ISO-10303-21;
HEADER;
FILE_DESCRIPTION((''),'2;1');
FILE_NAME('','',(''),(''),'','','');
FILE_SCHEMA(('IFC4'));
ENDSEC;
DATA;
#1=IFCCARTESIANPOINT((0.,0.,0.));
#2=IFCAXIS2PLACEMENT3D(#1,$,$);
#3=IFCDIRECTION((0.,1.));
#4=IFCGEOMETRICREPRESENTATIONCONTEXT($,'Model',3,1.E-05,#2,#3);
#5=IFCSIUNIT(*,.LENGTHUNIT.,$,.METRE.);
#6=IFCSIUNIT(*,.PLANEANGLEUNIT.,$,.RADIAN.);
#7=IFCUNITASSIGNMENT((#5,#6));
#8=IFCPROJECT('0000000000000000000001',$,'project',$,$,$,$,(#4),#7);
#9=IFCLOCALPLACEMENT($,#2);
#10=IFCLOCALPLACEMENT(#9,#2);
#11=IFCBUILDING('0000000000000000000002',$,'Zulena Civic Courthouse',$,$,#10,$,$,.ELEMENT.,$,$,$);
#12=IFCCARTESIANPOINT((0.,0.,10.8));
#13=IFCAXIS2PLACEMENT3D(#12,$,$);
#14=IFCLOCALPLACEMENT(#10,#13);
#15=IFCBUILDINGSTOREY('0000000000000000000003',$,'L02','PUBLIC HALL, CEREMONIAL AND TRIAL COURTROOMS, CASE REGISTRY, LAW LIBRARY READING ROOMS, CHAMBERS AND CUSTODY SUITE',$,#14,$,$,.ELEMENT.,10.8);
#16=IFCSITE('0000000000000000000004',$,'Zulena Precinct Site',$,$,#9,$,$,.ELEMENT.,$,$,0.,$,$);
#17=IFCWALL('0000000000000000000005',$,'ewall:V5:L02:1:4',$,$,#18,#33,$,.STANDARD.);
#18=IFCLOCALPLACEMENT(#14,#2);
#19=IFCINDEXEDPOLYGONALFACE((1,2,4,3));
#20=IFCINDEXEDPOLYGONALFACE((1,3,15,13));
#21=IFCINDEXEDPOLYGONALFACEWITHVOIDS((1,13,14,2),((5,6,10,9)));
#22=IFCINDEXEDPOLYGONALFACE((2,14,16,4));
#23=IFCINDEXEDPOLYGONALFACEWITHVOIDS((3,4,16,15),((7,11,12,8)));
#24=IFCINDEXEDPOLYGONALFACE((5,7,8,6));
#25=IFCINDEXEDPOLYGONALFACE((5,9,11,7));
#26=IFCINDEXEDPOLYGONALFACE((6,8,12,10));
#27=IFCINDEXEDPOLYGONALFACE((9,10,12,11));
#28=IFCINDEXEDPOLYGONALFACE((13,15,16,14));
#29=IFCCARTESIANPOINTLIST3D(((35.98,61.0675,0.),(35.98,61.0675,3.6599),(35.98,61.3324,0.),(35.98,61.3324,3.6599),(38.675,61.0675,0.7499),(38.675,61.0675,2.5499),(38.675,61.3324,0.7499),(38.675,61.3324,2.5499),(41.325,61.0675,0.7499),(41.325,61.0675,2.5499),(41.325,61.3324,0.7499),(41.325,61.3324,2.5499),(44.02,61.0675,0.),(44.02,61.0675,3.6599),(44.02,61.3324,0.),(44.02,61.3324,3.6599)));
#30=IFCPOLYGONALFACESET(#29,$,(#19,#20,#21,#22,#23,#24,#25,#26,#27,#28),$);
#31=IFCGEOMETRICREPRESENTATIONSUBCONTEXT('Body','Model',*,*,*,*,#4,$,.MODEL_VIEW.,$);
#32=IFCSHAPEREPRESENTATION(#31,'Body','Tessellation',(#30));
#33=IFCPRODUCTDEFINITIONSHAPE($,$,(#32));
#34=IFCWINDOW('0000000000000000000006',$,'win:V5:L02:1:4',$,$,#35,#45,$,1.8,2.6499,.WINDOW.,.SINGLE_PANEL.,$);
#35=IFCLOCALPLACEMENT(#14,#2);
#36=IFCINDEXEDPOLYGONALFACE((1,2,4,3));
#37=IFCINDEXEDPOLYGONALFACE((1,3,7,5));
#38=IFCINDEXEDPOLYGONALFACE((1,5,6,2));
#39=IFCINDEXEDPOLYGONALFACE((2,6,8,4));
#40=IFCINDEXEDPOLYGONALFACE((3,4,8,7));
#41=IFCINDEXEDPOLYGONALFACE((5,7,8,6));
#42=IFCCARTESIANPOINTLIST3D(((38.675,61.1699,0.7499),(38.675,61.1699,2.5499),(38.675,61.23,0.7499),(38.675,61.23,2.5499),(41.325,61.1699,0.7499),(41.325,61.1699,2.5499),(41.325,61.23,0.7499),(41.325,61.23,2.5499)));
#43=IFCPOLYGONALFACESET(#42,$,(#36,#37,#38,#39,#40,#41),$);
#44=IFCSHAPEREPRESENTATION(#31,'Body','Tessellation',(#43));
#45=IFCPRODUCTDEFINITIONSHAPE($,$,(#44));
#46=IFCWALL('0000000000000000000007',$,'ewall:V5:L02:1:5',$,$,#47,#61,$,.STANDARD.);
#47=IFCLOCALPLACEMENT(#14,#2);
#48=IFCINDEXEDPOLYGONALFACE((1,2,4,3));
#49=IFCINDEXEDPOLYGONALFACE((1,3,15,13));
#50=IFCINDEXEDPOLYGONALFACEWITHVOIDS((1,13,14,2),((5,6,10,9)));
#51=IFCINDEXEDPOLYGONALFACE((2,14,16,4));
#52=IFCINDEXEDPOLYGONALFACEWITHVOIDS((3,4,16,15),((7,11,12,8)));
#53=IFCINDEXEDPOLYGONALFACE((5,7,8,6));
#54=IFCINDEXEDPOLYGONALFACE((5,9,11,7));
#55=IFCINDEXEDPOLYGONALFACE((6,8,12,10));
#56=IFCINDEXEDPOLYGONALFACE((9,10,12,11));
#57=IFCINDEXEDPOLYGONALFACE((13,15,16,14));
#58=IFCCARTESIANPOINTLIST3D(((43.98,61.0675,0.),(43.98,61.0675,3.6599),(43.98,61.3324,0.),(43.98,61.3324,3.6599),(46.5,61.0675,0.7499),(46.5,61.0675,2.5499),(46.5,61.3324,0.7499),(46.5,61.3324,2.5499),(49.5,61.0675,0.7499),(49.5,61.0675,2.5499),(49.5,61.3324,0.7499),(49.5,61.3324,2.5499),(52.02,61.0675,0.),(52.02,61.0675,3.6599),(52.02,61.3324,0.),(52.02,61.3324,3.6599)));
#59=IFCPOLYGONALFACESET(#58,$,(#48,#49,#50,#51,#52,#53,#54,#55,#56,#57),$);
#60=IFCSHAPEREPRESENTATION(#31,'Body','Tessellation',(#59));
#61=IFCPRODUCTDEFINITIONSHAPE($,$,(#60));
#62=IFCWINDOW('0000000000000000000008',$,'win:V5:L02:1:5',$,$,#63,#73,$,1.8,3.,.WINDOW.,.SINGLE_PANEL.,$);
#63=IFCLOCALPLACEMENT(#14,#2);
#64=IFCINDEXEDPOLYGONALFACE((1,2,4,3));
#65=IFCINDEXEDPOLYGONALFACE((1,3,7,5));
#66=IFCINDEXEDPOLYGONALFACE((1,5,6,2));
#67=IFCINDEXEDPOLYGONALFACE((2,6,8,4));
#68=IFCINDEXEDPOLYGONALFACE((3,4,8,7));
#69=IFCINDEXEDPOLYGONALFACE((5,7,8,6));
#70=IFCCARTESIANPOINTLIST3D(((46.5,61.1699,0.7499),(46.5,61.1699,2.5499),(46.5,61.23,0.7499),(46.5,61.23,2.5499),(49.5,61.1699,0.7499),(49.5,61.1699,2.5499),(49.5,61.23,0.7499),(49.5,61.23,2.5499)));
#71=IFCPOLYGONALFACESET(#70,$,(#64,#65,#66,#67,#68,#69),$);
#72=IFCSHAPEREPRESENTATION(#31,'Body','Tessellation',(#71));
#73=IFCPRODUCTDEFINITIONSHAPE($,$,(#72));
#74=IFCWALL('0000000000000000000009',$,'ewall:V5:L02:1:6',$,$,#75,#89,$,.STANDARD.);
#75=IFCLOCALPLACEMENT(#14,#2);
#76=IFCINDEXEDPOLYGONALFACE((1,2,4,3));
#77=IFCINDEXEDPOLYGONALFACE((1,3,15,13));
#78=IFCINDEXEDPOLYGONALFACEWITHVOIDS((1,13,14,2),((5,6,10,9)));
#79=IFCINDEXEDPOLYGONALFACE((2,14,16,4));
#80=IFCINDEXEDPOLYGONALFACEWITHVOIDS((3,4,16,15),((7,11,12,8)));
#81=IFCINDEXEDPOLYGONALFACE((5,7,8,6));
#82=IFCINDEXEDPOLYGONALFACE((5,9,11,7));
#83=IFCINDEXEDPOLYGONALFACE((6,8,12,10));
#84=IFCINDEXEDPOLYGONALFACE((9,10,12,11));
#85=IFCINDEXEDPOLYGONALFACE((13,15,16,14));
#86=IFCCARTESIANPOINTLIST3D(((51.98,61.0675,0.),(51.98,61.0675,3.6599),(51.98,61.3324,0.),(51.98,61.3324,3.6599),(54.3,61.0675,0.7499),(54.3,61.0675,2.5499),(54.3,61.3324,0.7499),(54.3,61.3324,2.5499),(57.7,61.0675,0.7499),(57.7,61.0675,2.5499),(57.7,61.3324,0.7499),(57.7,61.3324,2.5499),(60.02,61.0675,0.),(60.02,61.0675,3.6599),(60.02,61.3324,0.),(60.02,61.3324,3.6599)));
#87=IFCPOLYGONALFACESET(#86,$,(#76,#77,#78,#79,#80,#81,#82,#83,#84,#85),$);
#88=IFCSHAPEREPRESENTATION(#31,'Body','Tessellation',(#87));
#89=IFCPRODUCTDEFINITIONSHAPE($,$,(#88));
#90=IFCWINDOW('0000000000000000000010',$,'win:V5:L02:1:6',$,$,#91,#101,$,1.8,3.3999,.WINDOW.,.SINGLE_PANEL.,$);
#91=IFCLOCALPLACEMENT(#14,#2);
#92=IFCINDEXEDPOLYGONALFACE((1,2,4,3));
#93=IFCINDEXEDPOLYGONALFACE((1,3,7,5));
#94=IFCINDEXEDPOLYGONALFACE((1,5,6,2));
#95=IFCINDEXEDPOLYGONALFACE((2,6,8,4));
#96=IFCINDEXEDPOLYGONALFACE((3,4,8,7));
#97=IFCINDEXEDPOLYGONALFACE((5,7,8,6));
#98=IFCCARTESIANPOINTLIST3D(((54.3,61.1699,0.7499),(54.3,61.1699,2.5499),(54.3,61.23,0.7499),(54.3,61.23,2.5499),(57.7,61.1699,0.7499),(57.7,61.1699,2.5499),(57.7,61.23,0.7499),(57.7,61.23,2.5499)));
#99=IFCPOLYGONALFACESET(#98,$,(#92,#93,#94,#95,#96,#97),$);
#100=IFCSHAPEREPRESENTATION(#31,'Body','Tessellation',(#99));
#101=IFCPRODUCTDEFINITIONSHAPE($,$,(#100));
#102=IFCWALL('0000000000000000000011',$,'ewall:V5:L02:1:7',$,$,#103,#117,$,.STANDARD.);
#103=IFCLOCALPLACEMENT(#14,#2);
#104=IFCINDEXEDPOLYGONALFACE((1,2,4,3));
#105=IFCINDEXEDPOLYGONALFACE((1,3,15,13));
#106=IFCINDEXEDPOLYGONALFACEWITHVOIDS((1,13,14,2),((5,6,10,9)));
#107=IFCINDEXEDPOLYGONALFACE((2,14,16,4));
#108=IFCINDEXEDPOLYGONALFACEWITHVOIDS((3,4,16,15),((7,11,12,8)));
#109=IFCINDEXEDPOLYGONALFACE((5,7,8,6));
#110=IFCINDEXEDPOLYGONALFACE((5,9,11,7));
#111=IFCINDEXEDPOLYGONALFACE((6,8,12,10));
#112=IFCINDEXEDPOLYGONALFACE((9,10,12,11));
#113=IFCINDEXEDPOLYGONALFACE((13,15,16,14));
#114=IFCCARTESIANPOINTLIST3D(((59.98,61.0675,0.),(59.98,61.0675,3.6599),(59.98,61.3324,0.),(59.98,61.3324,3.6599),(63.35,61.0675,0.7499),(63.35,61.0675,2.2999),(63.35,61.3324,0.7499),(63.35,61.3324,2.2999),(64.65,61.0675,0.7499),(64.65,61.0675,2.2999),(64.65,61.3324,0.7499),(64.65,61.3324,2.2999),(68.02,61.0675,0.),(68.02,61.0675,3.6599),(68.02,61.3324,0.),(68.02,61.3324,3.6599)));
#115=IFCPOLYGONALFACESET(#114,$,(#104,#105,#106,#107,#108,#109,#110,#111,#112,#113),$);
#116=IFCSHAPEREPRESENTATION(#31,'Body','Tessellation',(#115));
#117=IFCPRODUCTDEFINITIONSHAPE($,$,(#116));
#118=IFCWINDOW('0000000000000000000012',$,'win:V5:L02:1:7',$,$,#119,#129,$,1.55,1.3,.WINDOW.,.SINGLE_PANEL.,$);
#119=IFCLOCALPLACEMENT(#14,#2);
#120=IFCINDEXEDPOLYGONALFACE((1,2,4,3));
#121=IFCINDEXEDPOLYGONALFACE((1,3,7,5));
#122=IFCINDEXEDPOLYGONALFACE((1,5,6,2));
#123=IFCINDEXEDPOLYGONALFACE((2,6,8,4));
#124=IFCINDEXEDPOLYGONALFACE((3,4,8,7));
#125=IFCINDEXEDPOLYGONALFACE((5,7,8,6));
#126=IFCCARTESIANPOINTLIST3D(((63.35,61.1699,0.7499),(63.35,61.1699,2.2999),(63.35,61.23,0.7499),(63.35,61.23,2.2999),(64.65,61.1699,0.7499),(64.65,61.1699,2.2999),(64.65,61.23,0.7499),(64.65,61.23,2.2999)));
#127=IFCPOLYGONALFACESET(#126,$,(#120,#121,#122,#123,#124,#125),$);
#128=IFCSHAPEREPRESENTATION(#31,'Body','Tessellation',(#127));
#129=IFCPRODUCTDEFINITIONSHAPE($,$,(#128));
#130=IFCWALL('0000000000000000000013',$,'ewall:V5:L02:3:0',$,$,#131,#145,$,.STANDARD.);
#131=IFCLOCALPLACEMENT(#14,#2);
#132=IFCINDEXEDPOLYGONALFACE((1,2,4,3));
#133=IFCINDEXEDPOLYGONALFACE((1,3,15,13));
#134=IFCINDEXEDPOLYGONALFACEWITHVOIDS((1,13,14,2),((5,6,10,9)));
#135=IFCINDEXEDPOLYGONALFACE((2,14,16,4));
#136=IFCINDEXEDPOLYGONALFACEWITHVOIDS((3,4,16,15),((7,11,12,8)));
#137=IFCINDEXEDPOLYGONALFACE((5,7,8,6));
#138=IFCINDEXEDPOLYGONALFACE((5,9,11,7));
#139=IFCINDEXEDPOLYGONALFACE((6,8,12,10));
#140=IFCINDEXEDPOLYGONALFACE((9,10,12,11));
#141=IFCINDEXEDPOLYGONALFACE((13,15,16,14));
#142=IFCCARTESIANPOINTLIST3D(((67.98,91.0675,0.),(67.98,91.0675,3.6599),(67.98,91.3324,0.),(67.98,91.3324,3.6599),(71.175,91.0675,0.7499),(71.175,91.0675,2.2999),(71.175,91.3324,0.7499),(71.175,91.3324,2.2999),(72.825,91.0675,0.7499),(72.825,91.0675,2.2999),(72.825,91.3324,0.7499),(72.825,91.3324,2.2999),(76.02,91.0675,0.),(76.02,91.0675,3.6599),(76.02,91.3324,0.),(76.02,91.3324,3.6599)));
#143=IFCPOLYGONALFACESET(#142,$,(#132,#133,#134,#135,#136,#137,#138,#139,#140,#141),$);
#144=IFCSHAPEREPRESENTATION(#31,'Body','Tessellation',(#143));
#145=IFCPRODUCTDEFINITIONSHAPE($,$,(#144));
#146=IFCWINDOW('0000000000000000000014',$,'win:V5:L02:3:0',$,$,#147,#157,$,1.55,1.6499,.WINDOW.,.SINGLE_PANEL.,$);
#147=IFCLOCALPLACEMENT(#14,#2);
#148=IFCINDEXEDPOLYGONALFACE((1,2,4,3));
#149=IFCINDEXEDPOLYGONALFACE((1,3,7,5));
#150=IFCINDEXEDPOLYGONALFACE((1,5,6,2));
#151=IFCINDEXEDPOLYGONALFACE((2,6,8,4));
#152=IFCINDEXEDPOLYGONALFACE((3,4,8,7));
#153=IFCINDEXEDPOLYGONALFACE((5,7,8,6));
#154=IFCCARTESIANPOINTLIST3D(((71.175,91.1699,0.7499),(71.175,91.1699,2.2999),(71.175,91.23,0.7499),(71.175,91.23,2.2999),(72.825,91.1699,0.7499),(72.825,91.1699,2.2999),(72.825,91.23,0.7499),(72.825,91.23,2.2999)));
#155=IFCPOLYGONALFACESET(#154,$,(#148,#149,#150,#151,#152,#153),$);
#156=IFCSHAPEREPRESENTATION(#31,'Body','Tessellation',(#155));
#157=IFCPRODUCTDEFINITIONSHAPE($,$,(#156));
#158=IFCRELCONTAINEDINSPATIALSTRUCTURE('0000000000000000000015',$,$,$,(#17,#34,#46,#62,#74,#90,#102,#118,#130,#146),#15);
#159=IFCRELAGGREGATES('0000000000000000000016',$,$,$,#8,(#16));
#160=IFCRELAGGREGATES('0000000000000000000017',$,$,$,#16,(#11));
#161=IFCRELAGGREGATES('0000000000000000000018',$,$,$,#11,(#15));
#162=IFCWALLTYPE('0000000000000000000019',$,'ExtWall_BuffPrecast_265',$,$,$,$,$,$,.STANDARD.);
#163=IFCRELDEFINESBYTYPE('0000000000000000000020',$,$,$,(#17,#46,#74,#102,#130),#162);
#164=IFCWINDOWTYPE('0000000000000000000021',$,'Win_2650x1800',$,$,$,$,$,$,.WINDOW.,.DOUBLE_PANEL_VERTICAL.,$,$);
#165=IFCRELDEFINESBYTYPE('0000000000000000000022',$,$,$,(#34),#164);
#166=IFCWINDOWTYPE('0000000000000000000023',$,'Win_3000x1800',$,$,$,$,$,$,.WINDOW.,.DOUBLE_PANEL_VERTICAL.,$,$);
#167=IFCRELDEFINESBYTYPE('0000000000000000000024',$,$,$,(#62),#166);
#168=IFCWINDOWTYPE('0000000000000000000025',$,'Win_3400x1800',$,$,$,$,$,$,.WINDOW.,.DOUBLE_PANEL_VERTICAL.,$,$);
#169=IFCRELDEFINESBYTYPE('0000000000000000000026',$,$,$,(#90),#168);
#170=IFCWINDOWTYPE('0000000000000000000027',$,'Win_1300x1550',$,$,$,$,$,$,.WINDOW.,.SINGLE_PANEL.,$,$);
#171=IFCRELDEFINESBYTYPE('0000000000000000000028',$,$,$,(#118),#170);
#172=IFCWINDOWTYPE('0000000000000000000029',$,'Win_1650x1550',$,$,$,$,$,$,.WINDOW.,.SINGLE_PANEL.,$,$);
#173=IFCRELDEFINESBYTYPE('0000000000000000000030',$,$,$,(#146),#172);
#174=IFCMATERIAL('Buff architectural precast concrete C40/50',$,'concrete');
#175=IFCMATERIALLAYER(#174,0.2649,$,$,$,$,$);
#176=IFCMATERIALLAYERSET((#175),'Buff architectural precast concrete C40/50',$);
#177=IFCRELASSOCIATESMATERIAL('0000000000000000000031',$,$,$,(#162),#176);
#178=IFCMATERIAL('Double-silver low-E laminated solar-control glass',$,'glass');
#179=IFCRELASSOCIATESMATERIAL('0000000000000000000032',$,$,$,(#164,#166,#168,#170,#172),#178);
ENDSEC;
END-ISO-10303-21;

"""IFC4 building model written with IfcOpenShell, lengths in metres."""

from ifc_helpers import new_model, si_unit, direction, frame, frame_2d, origin, place, context, subcontext, project, spatial, rectangle, extrude, material, layer, layer_set, type_object, element, fill, save


model = new_model("IFC4")

# Units and contexts
model_context = context("Model", 3, precision=1e-05, world=origin(), true_north=direction((0.0, 1.0)))
body_context = subcontext(model_context, "Body", "Model", "MODEL_VIEW")
ifc_project = project(units=[si_unit("LENGTHUNIT", "METRE"), si_unit("PLANEANGLEUNIT", "RADIAN")], contexts=[model_context])

# Site, building, storey
site_placement = place(None, origin())
site = spatial("IfcSite", under=ifc_project, at=site_placement, Name="Zulena Precinct Site", CompositionType="ELEMENT", RefElevation=0.0)
building_placement = place(site_placement, origin())
building = spatial("IfcBuilding", under=site, at=building_placement, Name="Zulena Civic Courthouse", CompositionType="ELEMENT")
storey_placement = place(building_placement, frame((0.0, 0.0, 10.8)))
storey = spatial("IfcBuildingStorey", under=building, at=storey_placement, Name="L02", Description="PUBLIC HALL, CEREMONIAL AND TRIAL COURTROOMS, CASE REGISTRY, LAW LIBRARY READING ROOMS, CHAMBERS AND CUSTODY SUITE", CompositionType="ELEMENT", Elevation=10.8)

# Walls, openings, windows
ifc_material_1 = material(Name="Buff architectural precast concrete C40/50", Category="concrete")
ifc_layer_1 = layer(ifc_material_1, 0.2649)
ifc_layer_set_1 = layer_set([ifc_layer_1], Name="Buff architectural precast concrete C40/50")
wall_type = type_object("IfcWallType", Name="ExtWall_BuffPrecast_265", PredefinedType="STANDARD", material=ifc_layer_set_1)
wall_1_placement = place(storey_placement, frame((35.98, 61.2, 0.0), z_axis=(0.0, 0.0, 1.0), x_axis=(1.0, 0.0, 0.0)))
wall_1 = element("IfcWall", 1, at=wall_1_placement, inside=storey, type_object=wall_type, Name="ewall:V5:L02:1:4", PredefinedType="STANDARD", context=body_context, shape_type="SweptSolid", body=[
    extrude(rectangle(XDim=8.04, YDim=0.2649, at=frame_2d((4.02, 0.0))), origin(), (0.0, 0.0, 1.0), 3.6599),
])
opening_1_placement = place(wall_1_placement, frame((2.6951, 0.0, 0.75)))
opening_1 = element("IfcOpeningElement", 2, at=opening_1_placement, cuts=wall_1, PredefinedType="OPENING", context=body_context, shape_type="SweptSolid", body=[
    extrude(rectangle(XDim=2.6499, YDim=1.8, at=frame_2d((1.325, 0.8999))), frame((0.0, 0.1423, 0.0), z_axis=(0.0, -1.0, 0.0), x_axis=(1.0, 0.0, 0.0)), (0.0, 0.0, 1.0), 0.2849),
])
ifc_material_2 = material(Name="Double-silver low-E laminated solar-control glass", Category="glass")
window_type_1 = type_object("IfcWindowType", Name="Win_2650x1800", PartitioningType="DOUBLE_PANEL_VERTICAL", PredefinedType="WINDOW", material=ifc_material_2)
window_1_placement = place(opening_1_placement, origin())
window_1 = element("IfcWindow", 3, at=window_1_placement, inside=storey, type_object=window_type_1, Name="win:V5:L02:1:4", OverallHeight=1.8, OverallWidth=2.6499, PartitioningType="SINGLE_PANEL", PredefinedType="WINDOW", context=body_context, shape_type="SweptSolid", body=[
    extrude(rectangle(XDim=2.6499, YDim=1.8, at=frame_2d((1.325, 0.8999))), frame((0.0, 0.03, 0.0), z_axis=(0.0, -1.0, 0.0), x_axis=(1.0, 0.0, 0.0)), (0.0, 0.0, 1.0), 0.0601),
])
fill(opening_1, window_1)
wall_2_placement = place(storey_placement, frame((43.98, 61.2, 0.0), z_axis=(0.0, 0.0, 1.0), x_axis=(1.0, 0.0, 0.0)))
wall_2 = element("IfcWall", 4, at=wall_2_placement, inside=storey, type_object=wall_type, Name="ewall:V5:L02:1:5", PredefinedType="STANDARD", context=body_context, shape_type="SweptSolid", body=[
    extrude(rectangle(XDim=8.04, YDim=0.2649, at=frame_2d((4.02, 0.0))), origin(), (0.0, 0.0, 1.0), 3.6599),
])
opening_2_placement = place(wall_2_placement, frame((2.52, 0.0, 0.75)))
opening_2 = element("IfcOpeningElement", 5, at=opening_2_placement, cuts=wall_2, PredefinedType="OPENING", context=body_context, shape_type="SweptSolid", body=[
    extrude(rectangle(XDim=3.0, YDim=1.8, at=frame_2d((1.5, 0.8999))), frame((0.0, 0.1423, 0.0), z_axis=(0.0, -1.0, 0.0), x_axis=(1.0, 0.0, 0.0)), (0.0, 0.0, 1.0), 0.2849),
])
window_type_2 = type_object("IfcWindowType", Name="Win_3000x1800", PartitioningType="DOUBLE_PANEL_VERTICAL", PredefinedType="WINDOW", material=ifc_material_2)
window_2_placement = place(opening_2_placement, origin())
window_2 = element("IfcWindow", 6, at=window_2_placement, inside=storey, type_object=window_type_2, Name="win:V5:L02:1:5", OverallHeight=1.8, OverallWidth=3.0, PartitioningType="SINGLE_PANEL", PredefinedType="WINDOW", context=body_context, shape_type="SweptSolid", body=[
    extrude(rectangle(XDim=3.0, YDim=1.8, at=frame_2d((1.5, 0.8999))), frame((0.0, 0.03, 0.0), z_axis=(0.0, -1.0, 0.0), x_axis=(1.0, 0.0, 0.0)), (0.0, 0.0, 1.0), 0.0601),
])
fill(opening_2, window_2)
wall_3_placement = place(storey_placement, frame((51.98, 61.2, 0.0), z_axis=(0.0, 0.0, 1.0), x_axis=(1.0, 0.0, 0.0)))
wall_3 = element("IfcWall", 7, at=wall_3_placement, inside=storey, type_object=wall_type, Name="ewall:V5:L02:1:6", PredefinedType="STANDARD", context=body_context, shape_type="SweptSolid", body=[
    extrude(rectangle(XDim=8.04, YDim=0.2649, at=frame_2d((4.02, 0.0))), origin(), (0.0, 0.0, 1.0), 3.6599),
])
opening_3_placement = place(wall_3_placement, frame((2.3201, 0.0, 0.75)))
opening_3 = element("IfcOpeningElement", 8, at=opening_3_placement, cuts=wall_3, PredefinedType="OPENING", context=body_context, shape_type="SweptSolid", body=[
    extrude(rectangle(XDim=3.3999, YDim=1.8, at=frame_2d((1.7, 0.8999))), frame((0.0, 0.1423, 0.0), z_axis=(0.0, -1.0, 0.0), x_axis=(1.0, 0.0, 0.0)), (0.0, 0.0, 1.0), 0.2849),
])
window_type_3 = type_object("IfcWindowType", Name="Win_3400x1800", PartitioningType="DOUBLE_PANEL_VERTICAL", PredefinedType="WINDOW", material=ifc_material_2)
window_3_placement = place(opening_3_placement, origin())
window_3 = element("IfcWindow", 9, at=window_3_placement, inside=storey, type_object=window_type_3, Name="win:V5:L02:1:6", OverallHeight=1.8, OverallWidth=3.3999, PartitioningType="SINGLE_PANEL", PredefinedType="WINDOW", context=body_context, shape_type="SweptSolid", body=[
    extrude(rectangle(XDim=3.3999, YDim=1.8, at=frame_2d((1.7, 0.8999))), frame((0.0, 0.03, 0.0), z_axis=(0.0, -1.0, 0.0), x_axis=(1.0, 0.0, 0.0)), (0.0, 0.0, 1.0), 0.0601),
])
fill(opening_3, window_3)
wall_4_placement = place(storey_placement, frame((59.98, 61.2, 0.0), z_axis=(0.0, 0.0, 1.0), x_axis=(1.0, 0.0, 0.0)))
wall_4 = element("IfcWall", 10, at=wall_4_placement, inside=storey, type_object=wall_type, Name="ewall:V5:L02:1:7", PredefinedType="STANDARD", context=body_context, shape_type="SweptSolid", body=[
    extrude(rectangle(XDim=8.04, YDim=0.2649, at=frame_2d((4.02, 0.0))), origin(), (0.0, 0.0, 1.0), 3.6599),
])
opening_4_placement = place(wall_4_placement, frame((3.3701, 0.0, 0.75)))
opening_4 = element("IfcOpeningElement", 11, at=opening_4_placement, cuts=wall_4, PredefinedType="OPENING", context=body_context, shape_type="SweptSolid", body=[
    extrude(rectangle(XDim=1.3, YDim=1.55, at=frame_2d((0.6499, 0.7749))), frame((0.0, 0.1423, 0.0), z_axis=(0.0, -1.0, 0.0), x_axis=(1.0, 0.0, 0.0)), (0.0, 0.0, 1.0), 0.2849),
])
window_type_4 = type_object("IfcWindowType", Name="Win_1300x1550", PartitioningType="SINGLE_PANEL", PredefinedType="WINDOW", material=ifc_material_2)
window_4_placement = place(opening_4_placement, origin())
window_4 = element("IfcWindow", 12, at=window_4_placement, inside=storey, type_object=window_type_4, Name="win:V5:L02:1:7", OverallHeight=1.55, OverallWidth=1.3, PartitioningType="SINGLE_PANEL", PredefinedType="WINDOW", context=body_context, shape_type="SweptSolid", body=[
    extrude(rectangle(XDim=1.3, YDim=1.55, at=frame_2d((0.6499, 0.7749))), frame((0.0, 0.03, 0.0), z_axis=(0.0, -1.0, 0.0), x_axis=(1.0, 0.0, 0.0)), (0.0, 0.0, 1.0), 0.0601),
])
fill(opening_4, window_4)
wall_5_placement = place(storey_placement, frame((67.98, 91.2, 0.0), z_axis=(0.0, 0.0, 1.0), x_axis=(1.0, 0.0, 0.0)))
wall_5 = element("IfcWall", 13, at=wall_5_placement, inside=storey, type_object=wall_type, Name="ewall:V5:L02:3:0", PredefinedType="STANDARD", context=body_context, shape_type="SweptSolid", body=[
    extrude(rectangle(XDim=8.04, YDim=0.2649, at=frame_2d((4.02, 0.0))), origin(), (0.0, 0.0, 1.0), 3.6599),
])
opening_5_placement = place(wall_5_placement, frame((3.1951, 0.0, 0.75)))
opening_5 = element("IfcOpeningElement", 14, at=opening_5_placement, cuts=wall_5, PredefinedType="OPENING", context=body_context, shape_type="SweptSolid", body=[
    extrude(rectangle(XDim=1.6499, YDim=1.55, at=frame_2d((0.825, 0.7749))), frame((0.0, 0.1423, 0.0), z_axis=(0.0, -1.0, 0.0), x_axis=(1.0, 0.0, 0.0)), (0.0, 0.0, 1.0), 0.2849),
])
window_type_5 = type_object("IfcWindowType", Name="Win_1650x1550", PartitioningType="SINGLE_PANEL", PredefinedType="WINDOW", material=ifc_material_2)
window_5_placement = place(opening_5_placement, origin())
window_5 = element("IfcWindow", 15, at=window_5_placement, inside=storey, type_object=window_type_5, Name="win:V5:L02:3:0", OverallHeight=1.55, OverallWidth=1.6499, PartitioningType="SINGLE_PANEL", PredefinedType="WINDOW", context=body_context, shape_type="SweptSolid", body=[
    extrude(rectangle(XDim=1.6499, YDim=1.55, at=frame_2d((0.825, 0.7749))), frame((0.0, 0.03, 0.0), z_axis=(0.0, -1.0, 0.0), x_axis=(1.0, 0.0, 0.0)), (0.0, 0.0, 1.0), 0.0601),
])
fill(opening_5, window_5)

save(model, "model.ifc")
